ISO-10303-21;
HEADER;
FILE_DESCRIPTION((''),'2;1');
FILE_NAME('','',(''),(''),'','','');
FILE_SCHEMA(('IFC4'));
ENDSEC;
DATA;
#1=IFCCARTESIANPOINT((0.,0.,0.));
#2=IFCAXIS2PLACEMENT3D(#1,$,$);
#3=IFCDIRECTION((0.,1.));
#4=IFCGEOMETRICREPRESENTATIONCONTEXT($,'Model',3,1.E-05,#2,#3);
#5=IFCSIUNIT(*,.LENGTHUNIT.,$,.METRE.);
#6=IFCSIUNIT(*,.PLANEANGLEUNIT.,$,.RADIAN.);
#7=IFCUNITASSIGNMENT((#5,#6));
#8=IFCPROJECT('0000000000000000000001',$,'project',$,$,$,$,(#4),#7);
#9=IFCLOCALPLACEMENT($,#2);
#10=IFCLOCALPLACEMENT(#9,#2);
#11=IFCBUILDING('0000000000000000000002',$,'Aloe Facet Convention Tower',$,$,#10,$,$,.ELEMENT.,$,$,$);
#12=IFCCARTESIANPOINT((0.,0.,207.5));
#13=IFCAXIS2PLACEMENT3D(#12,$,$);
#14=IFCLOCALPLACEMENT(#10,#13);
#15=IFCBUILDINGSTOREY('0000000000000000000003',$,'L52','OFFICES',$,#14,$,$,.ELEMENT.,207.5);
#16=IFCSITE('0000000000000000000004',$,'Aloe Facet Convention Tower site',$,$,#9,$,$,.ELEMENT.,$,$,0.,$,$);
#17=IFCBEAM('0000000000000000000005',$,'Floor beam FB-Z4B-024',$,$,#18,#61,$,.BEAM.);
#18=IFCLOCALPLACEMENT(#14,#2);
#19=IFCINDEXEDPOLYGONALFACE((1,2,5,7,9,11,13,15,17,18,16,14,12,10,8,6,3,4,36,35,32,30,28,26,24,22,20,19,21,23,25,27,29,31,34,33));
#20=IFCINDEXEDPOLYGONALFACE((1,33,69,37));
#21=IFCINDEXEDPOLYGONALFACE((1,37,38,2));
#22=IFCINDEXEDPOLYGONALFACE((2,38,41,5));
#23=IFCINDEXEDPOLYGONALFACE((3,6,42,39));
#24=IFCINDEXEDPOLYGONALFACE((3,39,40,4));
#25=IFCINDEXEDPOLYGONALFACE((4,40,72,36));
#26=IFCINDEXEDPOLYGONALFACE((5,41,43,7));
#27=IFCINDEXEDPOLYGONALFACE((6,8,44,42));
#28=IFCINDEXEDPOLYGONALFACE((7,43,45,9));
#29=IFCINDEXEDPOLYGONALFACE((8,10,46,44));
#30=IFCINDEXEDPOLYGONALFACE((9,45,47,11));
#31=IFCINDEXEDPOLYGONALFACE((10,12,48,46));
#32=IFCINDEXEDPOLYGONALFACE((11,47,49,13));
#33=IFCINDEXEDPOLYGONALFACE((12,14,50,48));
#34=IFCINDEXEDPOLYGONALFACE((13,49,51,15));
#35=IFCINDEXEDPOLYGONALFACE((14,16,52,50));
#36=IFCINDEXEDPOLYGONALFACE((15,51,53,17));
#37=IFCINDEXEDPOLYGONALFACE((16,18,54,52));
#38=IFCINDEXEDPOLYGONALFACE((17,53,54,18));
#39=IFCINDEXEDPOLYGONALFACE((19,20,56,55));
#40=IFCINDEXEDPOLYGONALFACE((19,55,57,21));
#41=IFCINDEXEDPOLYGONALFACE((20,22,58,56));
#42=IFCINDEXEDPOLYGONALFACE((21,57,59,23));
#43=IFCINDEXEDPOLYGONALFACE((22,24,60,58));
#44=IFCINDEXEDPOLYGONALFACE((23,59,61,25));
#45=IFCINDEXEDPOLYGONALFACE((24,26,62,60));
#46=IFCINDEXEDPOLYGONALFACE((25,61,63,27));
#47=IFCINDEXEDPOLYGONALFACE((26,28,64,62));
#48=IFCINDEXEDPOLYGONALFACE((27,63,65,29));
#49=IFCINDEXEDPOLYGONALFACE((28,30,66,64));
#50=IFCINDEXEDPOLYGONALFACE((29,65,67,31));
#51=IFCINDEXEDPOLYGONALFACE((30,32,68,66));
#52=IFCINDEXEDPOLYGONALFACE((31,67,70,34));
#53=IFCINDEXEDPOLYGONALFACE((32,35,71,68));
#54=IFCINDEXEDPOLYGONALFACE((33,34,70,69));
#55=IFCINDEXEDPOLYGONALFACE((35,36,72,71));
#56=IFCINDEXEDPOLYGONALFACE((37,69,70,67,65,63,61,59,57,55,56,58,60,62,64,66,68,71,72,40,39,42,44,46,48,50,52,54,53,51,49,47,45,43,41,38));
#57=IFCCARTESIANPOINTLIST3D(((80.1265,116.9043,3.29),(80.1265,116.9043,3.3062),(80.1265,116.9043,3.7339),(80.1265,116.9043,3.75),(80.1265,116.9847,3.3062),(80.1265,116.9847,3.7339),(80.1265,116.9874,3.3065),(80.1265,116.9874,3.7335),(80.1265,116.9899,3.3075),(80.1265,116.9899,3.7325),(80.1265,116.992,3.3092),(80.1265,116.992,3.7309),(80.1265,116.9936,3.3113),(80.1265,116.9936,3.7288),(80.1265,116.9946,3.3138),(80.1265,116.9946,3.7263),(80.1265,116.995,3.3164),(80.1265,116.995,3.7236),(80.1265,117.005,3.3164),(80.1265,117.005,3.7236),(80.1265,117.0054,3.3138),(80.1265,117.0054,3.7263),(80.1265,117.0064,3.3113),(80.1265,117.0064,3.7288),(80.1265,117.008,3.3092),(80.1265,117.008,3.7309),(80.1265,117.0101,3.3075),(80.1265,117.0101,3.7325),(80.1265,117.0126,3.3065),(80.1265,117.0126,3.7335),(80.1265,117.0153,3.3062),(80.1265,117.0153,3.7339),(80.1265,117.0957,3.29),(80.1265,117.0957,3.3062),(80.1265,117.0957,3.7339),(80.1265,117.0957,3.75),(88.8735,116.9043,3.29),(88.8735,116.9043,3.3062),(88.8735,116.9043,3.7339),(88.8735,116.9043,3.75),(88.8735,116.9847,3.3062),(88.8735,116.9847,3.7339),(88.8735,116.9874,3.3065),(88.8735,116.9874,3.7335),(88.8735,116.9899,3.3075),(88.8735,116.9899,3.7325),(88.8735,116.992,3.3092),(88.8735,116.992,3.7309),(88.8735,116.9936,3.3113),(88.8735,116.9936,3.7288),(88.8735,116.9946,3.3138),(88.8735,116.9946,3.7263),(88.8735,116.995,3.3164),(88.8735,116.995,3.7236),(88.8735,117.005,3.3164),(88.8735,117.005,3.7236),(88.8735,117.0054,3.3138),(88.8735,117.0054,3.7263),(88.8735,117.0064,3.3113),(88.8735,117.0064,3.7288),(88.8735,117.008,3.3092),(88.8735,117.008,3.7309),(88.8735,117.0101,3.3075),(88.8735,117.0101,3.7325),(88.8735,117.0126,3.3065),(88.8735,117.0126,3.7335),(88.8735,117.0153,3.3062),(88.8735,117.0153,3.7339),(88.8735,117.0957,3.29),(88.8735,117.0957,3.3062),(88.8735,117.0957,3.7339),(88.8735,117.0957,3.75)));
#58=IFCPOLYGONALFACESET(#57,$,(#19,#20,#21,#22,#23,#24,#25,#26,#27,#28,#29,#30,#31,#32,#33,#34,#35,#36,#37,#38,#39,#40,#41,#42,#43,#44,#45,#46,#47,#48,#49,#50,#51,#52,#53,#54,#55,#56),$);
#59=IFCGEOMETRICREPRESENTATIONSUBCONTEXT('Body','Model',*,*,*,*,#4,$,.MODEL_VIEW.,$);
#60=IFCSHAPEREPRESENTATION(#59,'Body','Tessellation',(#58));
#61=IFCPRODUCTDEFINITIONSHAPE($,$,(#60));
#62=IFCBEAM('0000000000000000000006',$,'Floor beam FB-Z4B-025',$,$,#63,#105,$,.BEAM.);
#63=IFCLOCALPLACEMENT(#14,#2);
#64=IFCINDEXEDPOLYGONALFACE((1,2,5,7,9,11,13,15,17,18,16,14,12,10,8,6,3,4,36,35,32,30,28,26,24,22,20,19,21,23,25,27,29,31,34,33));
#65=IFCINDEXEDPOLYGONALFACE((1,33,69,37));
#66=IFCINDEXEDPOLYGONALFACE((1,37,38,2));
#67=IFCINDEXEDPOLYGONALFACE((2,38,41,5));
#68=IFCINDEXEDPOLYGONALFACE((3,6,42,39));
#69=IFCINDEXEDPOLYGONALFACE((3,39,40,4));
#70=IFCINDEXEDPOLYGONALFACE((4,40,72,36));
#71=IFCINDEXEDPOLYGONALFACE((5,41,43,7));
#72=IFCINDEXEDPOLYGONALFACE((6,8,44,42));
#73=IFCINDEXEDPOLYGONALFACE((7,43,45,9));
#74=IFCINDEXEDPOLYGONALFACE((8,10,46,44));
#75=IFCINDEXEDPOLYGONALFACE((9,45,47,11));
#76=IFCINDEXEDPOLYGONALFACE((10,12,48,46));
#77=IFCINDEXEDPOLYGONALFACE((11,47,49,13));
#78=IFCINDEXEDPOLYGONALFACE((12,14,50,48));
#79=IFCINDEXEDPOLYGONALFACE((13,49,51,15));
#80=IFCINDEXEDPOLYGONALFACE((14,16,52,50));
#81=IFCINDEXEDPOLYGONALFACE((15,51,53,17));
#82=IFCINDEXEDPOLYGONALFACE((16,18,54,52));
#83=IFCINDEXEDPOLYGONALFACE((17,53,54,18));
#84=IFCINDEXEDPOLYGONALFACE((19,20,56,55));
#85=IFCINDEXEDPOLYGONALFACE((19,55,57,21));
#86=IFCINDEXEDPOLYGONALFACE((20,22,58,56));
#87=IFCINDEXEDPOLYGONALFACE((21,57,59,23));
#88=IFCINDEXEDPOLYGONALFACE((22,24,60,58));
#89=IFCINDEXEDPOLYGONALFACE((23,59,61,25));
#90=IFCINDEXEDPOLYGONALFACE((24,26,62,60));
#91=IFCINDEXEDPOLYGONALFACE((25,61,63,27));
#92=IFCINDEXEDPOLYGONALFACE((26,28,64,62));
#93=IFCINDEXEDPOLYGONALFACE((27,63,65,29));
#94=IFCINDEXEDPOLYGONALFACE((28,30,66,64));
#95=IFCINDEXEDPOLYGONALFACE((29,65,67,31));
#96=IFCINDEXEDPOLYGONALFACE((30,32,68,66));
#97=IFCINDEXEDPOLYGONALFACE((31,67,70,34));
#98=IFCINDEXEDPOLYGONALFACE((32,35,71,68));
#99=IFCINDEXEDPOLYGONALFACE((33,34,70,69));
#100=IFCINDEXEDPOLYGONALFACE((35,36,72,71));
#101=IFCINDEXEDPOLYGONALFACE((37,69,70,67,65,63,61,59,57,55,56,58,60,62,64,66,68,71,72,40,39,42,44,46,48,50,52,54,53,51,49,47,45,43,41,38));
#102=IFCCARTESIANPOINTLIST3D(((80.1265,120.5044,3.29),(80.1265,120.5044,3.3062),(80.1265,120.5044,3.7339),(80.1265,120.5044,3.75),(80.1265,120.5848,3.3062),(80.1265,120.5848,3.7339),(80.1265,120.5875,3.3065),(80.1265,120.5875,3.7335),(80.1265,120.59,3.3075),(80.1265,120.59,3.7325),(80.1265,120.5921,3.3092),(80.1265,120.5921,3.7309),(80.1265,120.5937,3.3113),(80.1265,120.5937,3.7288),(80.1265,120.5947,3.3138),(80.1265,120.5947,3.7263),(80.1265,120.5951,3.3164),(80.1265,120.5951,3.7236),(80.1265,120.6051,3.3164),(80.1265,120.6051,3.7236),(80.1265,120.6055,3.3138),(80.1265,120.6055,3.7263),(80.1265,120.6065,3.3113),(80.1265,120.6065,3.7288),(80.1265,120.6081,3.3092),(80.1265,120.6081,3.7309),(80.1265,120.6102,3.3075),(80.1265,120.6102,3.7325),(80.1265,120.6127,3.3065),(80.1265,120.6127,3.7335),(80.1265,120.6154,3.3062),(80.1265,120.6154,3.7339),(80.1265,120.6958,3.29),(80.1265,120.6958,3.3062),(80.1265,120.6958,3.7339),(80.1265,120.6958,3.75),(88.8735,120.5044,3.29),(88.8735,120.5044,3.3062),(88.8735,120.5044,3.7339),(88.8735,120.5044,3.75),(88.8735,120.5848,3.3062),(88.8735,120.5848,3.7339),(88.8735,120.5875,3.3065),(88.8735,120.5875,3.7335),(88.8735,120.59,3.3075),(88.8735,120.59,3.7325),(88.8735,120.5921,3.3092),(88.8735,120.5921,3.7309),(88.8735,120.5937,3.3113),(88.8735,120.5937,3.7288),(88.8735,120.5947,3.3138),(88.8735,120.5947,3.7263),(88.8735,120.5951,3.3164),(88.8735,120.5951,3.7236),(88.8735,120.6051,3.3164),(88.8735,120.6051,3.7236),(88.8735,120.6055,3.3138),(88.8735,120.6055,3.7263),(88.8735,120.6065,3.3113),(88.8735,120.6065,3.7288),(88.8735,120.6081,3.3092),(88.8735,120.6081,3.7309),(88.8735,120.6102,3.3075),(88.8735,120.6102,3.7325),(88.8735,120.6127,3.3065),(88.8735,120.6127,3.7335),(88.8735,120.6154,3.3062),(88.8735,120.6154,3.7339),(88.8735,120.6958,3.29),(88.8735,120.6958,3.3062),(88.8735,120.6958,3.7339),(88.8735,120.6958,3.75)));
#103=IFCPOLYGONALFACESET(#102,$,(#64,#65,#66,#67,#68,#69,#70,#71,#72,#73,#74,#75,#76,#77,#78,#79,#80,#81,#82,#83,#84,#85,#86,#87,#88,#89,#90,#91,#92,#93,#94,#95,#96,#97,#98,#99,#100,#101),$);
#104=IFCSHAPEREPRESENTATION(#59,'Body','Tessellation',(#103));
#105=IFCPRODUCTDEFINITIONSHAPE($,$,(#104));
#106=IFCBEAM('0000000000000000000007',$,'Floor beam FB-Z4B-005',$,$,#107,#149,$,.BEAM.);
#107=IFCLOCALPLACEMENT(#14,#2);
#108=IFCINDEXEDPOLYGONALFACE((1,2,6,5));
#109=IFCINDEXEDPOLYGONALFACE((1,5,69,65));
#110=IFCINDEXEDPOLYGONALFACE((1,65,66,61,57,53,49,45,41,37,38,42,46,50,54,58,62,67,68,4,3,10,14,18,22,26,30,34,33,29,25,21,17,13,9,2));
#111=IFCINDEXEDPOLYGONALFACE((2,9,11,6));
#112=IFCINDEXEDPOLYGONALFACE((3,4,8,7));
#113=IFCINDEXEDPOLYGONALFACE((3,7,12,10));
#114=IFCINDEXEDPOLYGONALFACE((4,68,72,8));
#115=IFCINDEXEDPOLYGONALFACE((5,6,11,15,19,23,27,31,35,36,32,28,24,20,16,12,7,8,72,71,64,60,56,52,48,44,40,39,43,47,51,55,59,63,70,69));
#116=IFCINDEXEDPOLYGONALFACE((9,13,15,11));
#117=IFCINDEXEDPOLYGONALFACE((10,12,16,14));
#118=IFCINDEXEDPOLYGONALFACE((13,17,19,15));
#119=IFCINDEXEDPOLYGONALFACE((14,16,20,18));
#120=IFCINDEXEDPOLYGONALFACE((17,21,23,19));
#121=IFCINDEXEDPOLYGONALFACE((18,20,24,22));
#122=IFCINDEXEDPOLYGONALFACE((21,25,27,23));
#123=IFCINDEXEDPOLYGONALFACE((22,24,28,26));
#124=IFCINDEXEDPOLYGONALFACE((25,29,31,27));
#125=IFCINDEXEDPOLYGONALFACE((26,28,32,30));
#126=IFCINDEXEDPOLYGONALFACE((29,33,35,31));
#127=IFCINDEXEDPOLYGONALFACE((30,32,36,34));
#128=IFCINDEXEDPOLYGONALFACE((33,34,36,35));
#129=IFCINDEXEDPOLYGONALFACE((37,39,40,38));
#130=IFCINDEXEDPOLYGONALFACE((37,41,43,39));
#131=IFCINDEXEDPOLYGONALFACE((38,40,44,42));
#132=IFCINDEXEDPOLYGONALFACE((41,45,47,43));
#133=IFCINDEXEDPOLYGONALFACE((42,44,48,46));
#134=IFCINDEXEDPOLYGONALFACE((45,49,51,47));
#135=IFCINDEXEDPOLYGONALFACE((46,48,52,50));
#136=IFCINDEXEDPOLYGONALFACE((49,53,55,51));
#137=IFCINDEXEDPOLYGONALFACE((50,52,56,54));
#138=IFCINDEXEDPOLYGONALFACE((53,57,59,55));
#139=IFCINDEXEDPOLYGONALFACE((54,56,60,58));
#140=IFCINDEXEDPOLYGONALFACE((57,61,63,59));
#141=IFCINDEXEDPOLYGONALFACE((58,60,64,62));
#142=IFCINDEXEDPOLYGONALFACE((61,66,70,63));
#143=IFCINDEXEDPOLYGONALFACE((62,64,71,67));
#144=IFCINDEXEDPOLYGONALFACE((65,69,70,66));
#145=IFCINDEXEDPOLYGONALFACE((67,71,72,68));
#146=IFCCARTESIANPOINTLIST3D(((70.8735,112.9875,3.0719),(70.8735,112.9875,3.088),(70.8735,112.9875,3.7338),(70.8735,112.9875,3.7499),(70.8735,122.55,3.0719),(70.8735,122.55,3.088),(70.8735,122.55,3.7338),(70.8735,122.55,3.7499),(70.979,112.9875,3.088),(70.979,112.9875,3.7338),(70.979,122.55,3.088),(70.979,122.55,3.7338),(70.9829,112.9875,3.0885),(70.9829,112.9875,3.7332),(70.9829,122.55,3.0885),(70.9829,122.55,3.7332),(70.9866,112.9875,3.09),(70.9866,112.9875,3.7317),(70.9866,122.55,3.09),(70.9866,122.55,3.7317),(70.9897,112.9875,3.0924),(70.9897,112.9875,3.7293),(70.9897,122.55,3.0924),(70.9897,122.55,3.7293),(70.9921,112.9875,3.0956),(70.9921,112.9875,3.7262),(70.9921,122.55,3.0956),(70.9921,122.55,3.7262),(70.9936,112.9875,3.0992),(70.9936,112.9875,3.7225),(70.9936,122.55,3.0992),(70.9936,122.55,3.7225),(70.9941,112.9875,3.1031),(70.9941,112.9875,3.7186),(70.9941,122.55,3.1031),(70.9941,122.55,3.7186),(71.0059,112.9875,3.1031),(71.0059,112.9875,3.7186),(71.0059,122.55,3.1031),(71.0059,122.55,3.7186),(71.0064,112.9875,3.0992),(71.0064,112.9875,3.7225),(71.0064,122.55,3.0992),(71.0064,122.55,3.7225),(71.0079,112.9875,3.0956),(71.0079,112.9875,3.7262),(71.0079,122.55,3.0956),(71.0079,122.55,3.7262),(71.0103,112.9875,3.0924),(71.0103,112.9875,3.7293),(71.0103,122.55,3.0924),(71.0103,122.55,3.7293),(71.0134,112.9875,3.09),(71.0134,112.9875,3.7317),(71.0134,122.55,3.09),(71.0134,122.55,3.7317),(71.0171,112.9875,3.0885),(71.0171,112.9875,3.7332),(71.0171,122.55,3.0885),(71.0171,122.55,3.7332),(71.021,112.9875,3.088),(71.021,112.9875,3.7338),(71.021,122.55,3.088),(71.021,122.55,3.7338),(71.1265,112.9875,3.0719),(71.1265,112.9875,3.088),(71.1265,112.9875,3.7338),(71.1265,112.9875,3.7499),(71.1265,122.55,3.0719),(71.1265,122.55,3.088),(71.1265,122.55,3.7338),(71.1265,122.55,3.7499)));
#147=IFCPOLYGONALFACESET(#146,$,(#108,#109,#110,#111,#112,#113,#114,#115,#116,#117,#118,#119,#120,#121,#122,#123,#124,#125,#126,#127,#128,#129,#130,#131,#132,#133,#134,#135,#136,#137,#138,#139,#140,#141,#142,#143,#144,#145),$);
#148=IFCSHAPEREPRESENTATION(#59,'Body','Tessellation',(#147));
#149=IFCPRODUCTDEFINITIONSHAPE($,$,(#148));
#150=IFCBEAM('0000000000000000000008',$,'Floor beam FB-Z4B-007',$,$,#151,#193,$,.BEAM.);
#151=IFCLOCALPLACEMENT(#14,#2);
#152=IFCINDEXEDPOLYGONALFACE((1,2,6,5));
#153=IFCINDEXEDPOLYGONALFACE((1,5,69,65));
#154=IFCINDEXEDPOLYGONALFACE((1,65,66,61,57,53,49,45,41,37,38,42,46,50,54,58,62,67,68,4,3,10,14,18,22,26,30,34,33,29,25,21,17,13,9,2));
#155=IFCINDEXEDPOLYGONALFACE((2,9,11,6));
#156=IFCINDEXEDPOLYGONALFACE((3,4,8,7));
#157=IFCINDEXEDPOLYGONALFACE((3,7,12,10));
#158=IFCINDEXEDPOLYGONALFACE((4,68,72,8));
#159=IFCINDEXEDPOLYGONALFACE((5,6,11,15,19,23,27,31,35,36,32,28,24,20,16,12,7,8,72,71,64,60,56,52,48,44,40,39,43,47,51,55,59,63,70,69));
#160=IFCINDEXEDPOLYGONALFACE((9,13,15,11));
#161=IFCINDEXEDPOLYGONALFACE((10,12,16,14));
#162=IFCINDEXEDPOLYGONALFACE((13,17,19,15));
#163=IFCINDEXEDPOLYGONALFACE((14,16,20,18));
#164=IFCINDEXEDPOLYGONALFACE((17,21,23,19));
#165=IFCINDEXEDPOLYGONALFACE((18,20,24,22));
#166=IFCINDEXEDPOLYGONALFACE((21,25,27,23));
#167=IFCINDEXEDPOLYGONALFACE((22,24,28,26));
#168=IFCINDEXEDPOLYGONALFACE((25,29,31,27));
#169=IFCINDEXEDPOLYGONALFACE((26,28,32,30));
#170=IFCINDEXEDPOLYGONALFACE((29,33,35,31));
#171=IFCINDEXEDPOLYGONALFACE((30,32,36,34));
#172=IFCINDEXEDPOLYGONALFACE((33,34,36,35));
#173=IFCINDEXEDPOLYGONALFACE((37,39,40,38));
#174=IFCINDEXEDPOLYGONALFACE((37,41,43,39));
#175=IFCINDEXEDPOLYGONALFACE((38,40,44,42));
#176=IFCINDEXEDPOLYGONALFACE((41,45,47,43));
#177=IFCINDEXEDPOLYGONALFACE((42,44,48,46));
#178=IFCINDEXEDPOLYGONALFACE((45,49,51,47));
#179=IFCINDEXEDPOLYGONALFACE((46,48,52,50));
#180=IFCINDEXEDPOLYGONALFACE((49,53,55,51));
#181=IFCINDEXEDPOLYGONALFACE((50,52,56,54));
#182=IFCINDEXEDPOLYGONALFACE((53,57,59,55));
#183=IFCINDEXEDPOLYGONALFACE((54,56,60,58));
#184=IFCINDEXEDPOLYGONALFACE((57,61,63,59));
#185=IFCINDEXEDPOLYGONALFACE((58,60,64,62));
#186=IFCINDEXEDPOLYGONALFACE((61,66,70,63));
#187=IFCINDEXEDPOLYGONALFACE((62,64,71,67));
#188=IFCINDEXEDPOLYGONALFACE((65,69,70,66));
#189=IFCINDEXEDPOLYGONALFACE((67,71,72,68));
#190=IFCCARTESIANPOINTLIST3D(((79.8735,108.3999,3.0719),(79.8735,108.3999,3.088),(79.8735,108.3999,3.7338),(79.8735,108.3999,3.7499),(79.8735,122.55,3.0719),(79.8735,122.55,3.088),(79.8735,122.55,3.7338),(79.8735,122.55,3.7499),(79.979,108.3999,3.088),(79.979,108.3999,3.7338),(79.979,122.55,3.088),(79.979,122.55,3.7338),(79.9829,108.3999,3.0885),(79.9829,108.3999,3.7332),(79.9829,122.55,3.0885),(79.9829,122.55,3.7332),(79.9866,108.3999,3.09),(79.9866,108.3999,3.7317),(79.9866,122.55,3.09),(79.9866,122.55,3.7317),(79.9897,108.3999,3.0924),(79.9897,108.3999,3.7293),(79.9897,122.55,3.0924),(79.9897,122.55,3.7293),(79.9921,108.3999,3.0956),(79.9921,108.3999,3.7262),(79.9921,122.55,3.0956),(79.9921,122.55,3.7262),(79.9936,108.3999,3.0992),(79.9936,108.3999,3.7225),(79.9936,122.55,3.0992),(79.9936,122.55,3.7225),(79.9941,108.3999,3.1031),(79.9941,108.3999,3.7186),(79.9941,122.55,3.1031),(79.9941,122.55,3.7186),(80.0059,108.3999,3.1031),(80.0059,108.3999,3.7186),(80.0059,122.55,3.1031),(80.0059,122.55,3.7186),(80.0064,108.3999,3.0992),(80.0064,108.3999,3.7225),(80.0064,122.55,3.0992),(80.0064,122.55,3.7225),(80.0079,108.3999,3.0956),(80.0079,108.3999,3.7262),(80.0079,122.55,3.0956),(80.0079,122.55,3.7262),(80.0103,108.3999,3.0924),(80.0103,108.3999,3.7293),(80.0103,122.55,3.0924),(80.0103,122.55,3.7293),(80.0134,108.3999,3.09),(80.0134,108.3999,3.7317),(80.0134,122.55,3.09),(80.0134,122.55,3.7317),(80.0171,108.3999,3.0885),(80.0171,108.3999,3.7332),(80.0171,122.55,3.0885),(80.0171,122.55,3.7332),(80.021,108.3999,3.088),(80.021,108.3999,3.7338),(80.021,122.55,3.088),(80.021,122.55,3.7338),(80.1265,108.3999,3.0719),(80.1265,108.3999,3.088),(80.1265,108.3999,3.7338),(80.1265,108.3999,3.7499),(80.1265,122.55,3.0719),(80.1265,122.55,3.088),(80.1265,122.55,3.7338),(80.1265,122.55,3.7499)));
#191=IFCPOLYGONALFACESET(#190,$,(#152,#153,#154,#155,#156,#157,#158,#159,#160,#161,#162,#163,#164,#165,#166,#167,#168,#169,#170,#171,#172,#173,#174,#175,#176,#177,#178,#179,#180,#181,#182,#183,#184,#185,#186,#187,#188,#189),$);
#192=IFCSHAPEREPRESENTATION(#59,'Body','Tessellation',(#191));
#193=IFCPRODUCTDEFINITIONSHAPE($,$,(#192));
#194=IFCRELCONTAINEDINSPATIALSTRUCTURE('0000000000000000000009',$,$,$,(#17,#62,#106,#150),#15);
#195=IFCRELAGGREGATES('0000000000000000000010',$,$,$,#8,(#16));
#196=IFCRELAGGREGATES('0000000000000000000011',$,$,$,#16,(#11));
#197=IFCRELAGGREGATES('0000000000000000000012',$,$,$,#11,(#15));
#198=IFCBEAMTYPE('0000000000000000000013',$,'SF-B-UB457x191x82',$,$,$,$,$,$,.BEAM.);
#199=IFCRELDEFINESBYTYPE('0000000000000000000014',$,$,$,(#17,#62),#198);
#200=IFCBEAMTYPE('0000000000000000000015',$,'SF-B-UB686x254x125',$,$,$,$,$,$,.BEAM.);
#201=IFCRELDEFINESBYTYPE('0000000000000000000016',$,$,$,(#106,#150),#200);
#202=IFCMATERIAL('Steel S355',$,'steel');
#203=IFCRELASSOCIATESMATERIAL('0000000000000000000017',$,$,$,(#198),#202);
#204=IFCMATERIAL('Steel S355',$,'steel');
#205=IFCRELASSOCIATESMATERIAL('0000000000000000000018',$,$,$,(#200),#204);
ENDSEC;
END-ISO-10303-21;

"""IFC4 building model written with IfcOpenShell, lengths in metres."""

from ifc_helpers import new_model, si_unit, direction, frame, origin, origin_2d, place, context, subcontext, project, spatial, i_section, extrude, material, material_profile, profile_set, type_object, element, save


model = new_model("IFC4")

# Units and contexts
model_context = context("Model", 3, precision=1e-05, world=origin(), true_north=direction((0.0, 1.0)))
body_context = subcontext(model_context, "Body", "Model", "MODEL_VIEW")
ifc_project = project(units=[si_unit("LENGTHUNIT", "METRE"), si_unit("PLANEANGLEUNIT", "RADIAN")], contexts=[model_context])

# Site, building, storey
site_placement = place(None, origin())
site = spatial("IfcSite", under=ifc_project, at=site_placement, Name="Aloe Facet Convention Tower site", CompositionType="ELEMENT", RefElevation=0.0)
building_placement = place(site_placement, origin())
building = spatial("IfcBuilding", under=site, at=building_placement, Name="Aloe Facet Convention Tower", CompositionType="ELEMENT")
storey_placement = place(building_placement, frame((0.0, 0.0, 207.5)))
storey = spatial("IfcBuildingStorey", under=building, at=storey_placement, Name="L52", Description="OFFICES", CompositionType="ELEMENT", Elevation=207.5)

# Beams
ifc_material_1 = material(Name="Steel S355", Category="steel")
ifc_material_profile_1 = material_profile(ifc_material_1, i_section(OverallWidth=0.1914, OverallDepth=0.46, WebThickness=0.01, FlangeThickness=0.0161, FilletRadius=0.0103, at=origin_2d()), Name="UB 457x191x82")
ifc_profile_set_1 = profile_set([ifc_material_profile_1], Name="Steel S355")
beam_type_1 = type_object("IfcBeamType", Name="SF-B-UB457x191x82", PredefinedType="BEAM", material=ifc_profile_set_1)
for number, where, z_axis, x_axis, name in (
    (1, (80.1265, 117.0, 3.52), (1.0, 0.0, 0.0), (0.0, 1.0, 0.0), "Floor beam FB-Z4B-024"),
    (2, (80.1265, 120.6001, 3.52), (1.0, 0.0, 0.0), (0.0, 1.0, 0.0), "Floor beam FB-Z4B-025"),
):
    element("IfcBeam", number, at=place(storey_placement, frame(where, z_axis=z_axis, x_axis=x_axis)), inside=storey, type_object=beam_type_1, Name=name, PredefinedType="BEAM", context=body_context, shape_type="SweptSolid", body=[
        extrude(i_section(OverallWidth=0.1914, OverallDepth=0.46, WebThickness=0.01, FlangeThickness=0.0161, FilletRadius=0.0103, at=origin_2d()), origin(), (0.0, 0.0, 1.0), 8.7471),
    ])
ifc_material_2 = material(Name="Steel S355", Category="steel")
ifc_material_profile_2 = material_profile(ifc_material_2, i_section(OverallWidth=0.2529, OverallDepth=0.678, WebThickness=0.0117, FlangeThickness=0.0161, FilletRadius=0.0151, at=origin_2d()), Name="UB 686x254x125")
ifc_profile_set_2 = profile_set([ifc_material_profile_2], Name="Steel S355")
beam_type_2 = type_object("IfcBeamType", Name="SF-B-UB686x254x125", PredefinedType="BEAM", material=ifc_profile_set_2)
beam_1_placement = place(storey_placement, frame((71.0, 122.55, 3.4109), z_axis=(0.0, -1.0, 0.0), x_axis=(1.0, 0.0, 0.0)))
element("IfcBeam", 3, at=beam_1_placement, inside=storey, type_object=beam_type_2, Name="Floor beam FB-Z4B-005", PredefinedType="BEAM", context=body_context, shape_type="SweptSolid", body=[
    extrude(i_section(OverallWidth=0.2529, OverallDepth=0.678, WebThickness=0.0117, FlangeThickness=0.0161, FilletRadius=0.0151, at=origin_2d()), origin(), (0.0, 0.0, 1.0), 9.5625),
])
beam_2_placement = place(storey_placement, frame((80.0, 122.55, 3.4109), z_axis=(0.0, -1.0, 0.0), x_axis=(1.0, 0.0, 0.0)))
element("IfcBeam", 4, at=beam_2_placement, inside=storey, type_object=beam_type_2, Name="Floor beam FB-Z4B-007", PredefinedType="BEAM", context=body_context, shape_type="SweptSolid", body=[
    extrude(i_section(OverallWidth=0.2529, OverallDepth=0.678, WebThickness=0.0117, FlangeThickness=0.0161, FilletRadius=0.0151, at=origin_2d()), origin(), (0.0, 0.0, 1.0), 14.1501),
])

save(model, "model.ifc")
